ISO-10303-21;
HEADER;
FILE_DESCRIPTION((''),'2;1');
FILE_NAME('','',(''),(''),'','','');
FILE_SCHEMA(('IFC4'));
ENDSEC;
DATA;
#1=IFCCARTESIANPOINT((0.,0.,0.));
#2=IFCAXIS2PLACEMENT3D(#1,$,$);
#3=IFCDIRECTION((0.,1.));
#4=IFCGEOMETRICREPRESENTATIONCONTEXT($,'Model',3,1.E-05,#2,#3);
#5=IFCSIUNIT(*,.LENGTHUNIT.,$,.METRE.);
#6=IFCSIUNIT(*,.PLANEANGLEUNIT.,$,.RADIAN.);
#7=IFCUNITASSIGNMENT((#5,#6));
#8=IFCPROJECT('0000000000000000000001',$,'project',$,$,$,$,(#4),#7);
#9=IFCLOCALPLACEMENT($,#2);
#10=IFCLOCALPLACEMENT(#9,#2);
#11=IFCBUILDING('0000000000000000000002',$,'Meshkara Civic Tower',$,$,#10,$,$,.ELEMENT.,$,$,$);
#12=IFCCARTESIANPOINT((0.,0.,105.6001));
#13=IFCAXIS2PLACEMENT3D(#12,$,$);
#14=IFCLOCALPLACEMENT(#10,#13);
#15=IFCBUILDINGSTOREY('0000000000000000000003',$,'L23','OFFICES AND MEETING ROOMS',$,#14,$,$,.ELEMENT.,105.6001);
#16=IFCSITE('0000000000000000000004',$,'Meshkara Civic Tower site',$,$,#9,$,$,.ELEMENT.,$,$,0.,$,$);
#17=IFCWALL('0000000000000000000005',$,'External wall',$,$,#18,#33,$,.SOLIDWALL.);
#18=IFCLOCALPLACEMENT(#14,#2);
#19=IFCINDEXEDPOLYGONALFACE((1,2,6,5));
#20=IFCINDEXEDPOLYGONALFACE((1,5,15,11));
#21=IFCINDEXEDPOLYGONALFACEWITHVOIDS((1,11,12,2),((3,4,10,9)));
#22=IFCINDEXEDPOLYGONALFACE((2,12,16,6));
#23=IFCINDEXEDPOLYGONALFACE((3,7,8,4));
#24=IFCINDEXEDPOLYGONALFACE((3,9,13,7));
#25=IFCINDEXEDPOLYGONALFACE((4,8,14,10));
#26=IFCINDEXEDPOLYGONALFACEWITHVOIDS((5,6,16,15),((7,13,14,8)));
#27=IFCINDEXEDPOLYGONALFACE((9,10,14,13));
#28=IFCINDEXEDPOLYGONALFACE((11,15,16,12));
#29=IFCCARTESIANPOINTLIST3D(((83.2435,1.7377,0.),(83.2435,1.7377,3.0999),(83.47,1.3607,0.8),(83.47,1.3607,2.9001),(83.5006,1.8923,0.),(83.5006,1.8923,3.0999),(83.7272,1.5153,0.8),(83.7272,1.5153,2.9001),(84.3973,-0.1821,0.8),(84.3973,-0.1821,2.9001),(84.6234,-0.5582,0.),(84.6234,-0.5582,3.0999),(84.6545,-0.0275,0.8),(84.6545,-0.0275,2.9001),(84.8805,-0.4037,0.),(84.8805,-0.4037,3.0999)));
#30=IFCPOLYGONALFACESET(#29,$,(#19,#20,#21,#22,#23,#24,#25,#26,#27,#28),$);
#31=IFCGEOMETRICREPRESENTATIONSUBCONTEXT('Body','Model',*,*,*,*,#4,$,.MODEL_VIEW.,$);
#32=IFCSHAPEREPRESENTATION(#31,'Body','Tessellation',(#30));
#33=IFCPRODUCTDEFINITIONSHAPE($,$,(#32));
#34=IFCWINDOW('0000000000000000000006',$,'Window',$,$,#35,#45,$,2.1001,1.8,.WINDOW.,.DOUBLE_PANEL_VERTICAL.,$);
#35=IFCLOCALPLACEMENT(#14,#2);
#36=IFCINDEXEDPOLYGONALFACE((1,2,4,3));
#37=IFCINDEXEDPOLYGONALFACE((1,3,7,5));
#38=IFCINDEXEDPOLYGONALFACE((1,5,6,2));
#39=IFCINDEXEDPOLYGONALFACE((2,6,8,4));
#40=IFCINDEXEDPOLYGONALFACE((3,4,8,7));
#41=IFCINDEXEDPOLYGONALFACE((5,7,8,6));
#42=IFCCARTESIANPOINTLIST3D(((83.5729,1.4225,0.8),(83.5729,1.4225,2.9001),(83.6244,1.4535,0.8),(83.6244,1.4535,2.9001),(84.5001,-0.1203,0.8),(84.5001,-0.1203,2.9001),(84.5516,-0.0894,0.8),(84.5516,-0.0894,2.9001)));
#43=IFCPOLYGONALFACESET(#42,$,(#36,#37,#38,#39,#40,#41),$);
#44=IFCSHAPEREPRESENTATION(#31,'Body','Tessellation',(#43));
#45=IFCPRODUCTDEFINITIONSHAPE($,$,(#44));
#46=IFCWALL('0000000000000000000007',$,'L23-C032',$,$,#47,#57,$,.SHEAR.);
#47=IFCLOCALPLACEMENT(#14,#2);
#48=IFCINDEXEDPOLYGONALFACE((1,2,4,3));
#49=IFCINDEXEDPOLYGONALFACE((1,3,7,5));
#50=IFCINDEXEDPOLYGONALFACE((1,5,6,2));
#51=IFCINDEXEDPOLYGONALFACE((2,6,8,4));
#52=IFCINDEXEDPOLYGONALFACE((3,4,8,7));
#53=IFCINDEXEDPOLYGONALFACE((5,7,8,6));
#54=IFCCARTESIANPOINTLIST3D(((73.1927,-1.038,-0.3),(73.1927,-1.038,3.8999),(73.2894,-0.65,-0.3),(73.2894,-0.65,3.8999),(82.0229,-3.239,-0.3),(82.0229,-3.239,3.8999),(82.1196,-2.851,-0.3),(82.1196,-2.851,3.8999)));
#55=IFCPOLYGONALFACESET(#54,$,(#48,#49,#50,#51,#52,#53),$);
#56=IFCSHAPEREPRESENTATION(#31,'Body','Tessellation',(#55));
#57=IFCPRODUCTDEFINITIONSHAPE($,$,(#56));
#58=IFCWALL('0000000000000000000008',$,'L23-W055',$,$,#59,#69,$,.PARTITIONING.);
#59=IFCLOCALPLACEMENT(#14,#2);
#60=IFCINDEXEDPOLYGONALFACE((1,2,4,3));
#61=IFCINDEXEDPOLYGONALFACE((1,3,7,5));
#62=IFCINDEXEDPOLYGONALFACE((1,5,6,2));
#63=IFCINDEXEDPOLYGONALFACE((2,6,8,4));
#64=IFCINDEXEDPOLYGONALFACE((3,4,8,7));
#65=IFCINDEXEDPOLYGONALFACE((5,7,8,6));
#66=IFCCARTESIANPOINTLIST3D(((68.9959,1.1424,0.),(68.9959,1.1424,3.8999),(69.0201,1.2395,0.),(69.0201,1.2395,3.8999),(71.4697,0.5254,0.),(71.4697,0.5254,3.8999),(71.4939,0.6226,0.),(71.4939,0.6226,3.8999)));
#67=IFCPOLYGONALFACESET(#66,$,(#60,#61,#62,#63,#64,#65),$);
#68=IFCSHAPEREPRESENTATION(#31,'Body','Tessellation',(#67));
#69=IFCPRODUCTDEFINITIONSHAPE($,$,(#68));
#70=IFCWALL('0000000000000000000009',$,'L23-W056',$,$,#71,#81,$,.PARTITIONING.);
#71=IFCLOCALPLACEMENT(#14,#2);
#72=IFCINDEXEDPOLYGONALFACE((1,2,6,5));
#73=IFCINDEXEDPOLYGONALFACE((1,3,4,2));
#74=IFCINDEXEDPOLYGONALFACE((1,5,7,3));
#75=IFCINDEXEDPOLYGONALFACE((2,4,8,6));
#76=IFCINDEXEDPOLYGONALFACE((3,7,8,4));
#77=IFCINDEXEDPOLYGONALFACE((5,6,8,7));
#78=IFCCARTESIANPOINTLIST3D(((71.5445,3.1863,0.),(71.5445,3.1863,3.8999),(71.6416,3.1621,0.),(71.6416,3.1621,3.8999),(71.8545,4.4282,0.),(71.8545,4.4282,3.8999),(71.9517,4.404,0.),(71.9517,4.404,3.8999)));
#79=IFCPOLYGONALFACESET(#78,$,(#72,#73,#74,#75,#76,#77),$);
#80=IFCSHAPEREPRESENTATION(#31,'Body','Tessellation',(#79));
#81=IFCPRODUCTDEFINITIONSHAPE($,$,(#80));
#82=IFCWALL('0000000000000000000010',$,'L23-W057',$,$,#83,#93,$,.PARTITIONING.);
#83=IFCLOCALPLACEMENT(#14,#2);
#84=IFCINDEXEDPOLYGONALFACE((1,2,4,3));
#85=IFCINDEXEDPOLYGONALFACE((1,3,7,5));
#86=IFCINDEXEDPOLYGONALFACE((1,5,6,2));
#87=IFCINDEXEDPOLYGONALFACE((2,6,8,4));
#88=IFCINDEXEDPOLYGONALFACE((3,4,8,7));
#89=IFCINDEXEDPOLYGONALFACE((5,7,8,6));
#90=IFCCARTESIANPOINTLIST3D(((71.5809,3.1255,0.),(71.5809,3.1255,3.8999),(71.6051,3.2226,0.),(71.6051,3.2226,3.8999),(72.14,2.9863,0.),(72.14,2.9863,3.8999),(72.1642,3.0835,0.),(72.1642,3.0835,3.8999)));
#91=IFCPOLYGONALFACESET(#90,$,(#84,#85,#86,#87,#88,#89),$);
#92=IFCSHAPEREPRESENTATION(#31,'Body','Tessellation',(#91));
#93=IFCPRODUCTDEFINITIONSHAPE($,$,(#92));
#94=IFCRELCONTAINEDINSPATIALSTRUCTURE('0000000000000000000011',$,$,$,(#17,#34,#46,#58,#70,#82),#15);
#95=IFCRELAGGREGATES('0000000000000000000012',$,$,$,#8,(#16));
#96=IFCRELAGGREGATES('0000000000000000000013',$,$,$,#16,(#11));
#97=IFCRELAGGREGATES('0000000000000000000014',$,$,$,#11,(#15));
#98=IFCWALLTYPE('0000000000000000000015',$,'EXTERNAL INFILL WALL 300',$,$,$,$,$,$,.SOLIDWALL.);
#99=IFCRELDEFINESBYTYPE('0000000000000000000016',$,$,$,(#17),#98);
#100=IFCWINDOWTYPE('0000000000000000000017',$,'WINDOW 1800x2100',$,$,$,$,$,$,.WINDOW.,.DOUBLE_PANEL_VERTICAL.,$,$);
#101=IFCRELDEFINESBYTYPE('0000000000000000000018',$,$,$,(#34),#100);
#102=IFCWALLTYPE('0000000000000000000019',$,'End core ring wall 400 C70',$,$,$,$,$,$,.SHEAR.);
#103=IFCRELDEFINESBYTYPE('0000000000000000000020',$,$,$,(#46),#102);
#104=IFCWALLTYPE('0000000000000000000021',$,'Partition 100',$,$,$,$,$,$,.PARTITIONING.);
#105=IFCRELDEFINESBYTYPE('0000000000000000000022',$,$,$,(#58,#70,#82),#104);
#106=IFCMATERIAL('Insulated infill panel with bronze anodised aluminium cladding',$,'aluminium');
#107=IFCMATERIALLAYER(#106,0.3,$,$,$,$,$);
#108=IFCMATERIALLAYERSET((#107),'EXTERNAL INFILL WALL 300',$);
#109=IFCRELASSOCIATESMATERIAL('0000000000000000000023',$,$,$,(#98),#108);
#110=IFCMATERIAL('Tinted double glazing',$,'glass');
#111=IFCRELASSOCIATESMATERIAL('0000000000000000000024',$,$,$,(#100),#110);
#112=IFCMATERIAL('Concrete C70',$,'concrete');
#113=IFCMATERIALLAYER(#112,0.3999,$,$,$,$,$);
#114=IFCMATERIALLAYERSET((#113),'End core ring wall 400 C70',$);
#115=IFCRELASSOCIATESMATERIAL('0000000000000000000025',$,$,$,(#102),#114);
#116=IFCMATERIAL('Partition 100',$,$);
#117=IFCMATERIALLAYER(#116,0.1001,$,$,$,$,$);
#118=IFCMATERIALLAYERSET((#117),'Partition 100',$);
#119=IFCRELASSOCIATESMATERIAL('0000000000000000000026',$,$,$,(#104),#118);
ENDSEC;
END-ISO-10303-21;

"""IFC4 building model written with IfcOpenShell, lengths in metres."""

from ifc_helpers import new_model, si_unit, direction, frame, frame_2d, origin, place, context, subcontext, project, spatial, rectangle, extrude, material, layer, layer_set, type_object, element, fill, save


model = new_model("IFC4")

# Units and contexts
model_context = context("Model", 3, precision=1e-05, world=origin(), true_north=direction((0.0, 1.0)))
body_context = subcontext(model_context, "Body", "Model", "MODEL_VIEW")
ifc_project = project(units=[si_unit("LENGTHUNIT", "METRE"), si_unit("PLANEANGLEUNIT", "RADIAN")], contexts=[model_context])

# Site, building, storey
site_placement = place(None, origin())
site = spatial("IfcSite", under=ifc_project, at=site_placement, Name="Meshkara Civic Tower site", CompositionType="ELEMENT", RefElevation=0.0)
building_placement = place(site_placement, origin())
building = spatial("IfcBuilding", under=site, at=building_placement, Name="Meshkara Civic Tower", CompositionType="ELEMENT")
storey_placement = place(building_placement, frame((0.0, 0.0, 105.6001)))
storey = spatial("IfcBuildingStorey", under=building, at=storey_placement, Name="L23", Description="OFFICES AND MEETING ROOMS", CompositionType="ELEMENT", Elevation=105.6001)

# Wall, opening, window
ifc_material_1 = material(Name="Insulated infill panel with bronze anodised aluminium cladding", Category="aluminium")
ifc_layer_1 = layer(ifc_material_1, 0.3)
ifc_layer_set_1 = layer_set([ifc_layer_1], Name="EXTERNAL INFILL WALL 300")
wall_type_1 = type_object("IfcWallType", Name="EXTERNAL INFILL WALL 300", PredefinedType="SOLIDWALL", material=ifc_layer_set_1)
ifc_material_2 = material(Name="Tinted double glazing", Category="glass")
window_type_1 = type_object("IfcWindowType", Name="WINDOW 1800x2100", PartitioningType="DOUBLE_PANEL_VERTICAL", PredefinedType="WINDOW", material=ifc_material_2)
wall_1_placement = place(storey_placement, frame((84.752, -0.481, 0.0), z_axis=(0.0, 0.0, 1.0), x_axis=(-0.515139, 0.857107, 0.0)))
wall_1 = element("IfcWall", 1, at=wall_1_placement, inside=storey, type_object=wall_type_1, Name="External wall", PredefinedType="SOLIDWALL", context=body_context, shape_type="SweptSolid", body=[
    extrude(rectangle(XDim=2.6787, YDim=0.3, at=frame_2d((1.3394, 0.0))), origin(), (0.0, 0.0, 1.0), 3.0999),
])
opening_1_placement = place(wall_1_placement, frame((0.439, 0.0, 0.8)))
opening_1 = element("IfcOpeningElement", 2, at=opening_1_placement, cuts=wall_1, PredefinedType="OPENING", context=body_context, shape_type="SweptSolid", body=[
    extrude(rectangle(XDim=1.8, YDim=2.1001, at=frame_2d((0.8999, 1.05))), frame((0.0, 0.1599, 0.0), z_axis=(0.0, -1.0, 0.0), x_axis=(1.0, 0.0, 0.0)), (0.0, 0.0, 1.0), 0.3201),
])
window_1_placement = place(opening_1_placement, origin())
window_1 = element("IfcWindow", 3, at=window_1_placement, inside=storey, type_object=window_type_1, Name="Window", OverallHeight=2.1001, OverallWidth=1.8, PartitioningType="DOUBLE_PANEL_VERTICAL", PredefinedType="WINDOW", context=body_context, shape_type="SweptSolid", body=[
    extrude(rectangle(XDim=1.8, YDim=2.1001, at=frame_2d((0.8999, 1.05))), frame((0.0, 0.03, 0.0), z_axis=(0.0, -1.0, 0.0), x_axis=(1.0, 0.0, 0.0)), (0.0, 0.0, 1.0), 0.0601),
])
fill(opening_1, window_1)

# Walls
ifc_material_3 = material(Name="Concrete C70", Category="concrete")
ifc_layer_2 = layer(ifc_material_3, 0.3999)
ifc_layer_set_2 = layer_set([ifc_layer_2], Name="End core ring wall 400 C70")
wall_type_2 = type_object("IfcWallType", Name="End core ring wall 400 C70", PredefinedType="SHEAR", material=ifc_layer_set_2)
wall_2_placement = place(storey_placement, frame((73.241, -0.844, -0.3), z_axis=(0.0, 0.0, 1.0), x_axis=(0.970313, -0.241854, 0.0)))
element("IfcWall", 4, at=wall_2_placement, inside=storey, type_object=wall_type_2, Name="L23-C032", PredefinedType="SHEAR", context=body_context, shape_type="SweptSolid", body=[
    extrude(rectangle(XDim=9.1003, YDim=0.3999, at=frame_2d((4.5503, 0.0))), origin(), (0.0, 0.0, 1.0), 4.2),
])
ifc_material_4 = material(Name="Partition 100")
ifc_layer_3 = layer(ifc_material_4, 0.1001)
ifc_layer_set_3 = layer_set([ifc_layer_3], Name="Partition 100")
wall_type_3 = type_object("IfcWallType", Name="Partition 100", PredefinedType="PARTITIONING", material=ifc_layer_set_3)
wall_3_placement = place(storey_placement, frame((71.4819, 0.574, 0.0), z_axis=(0.0, 0.0, 1.0), x_axis=(-0.970283, 0.241972, 0.0)))
element("IfcWall", 5, at=wall_3_placement, inside=storey, type_object=wall_type_3, Name="L23-W055", PredefinedType="PARTITIONING", context=body_context, shape_type="SweptSolid", body=[
    extrude(rectangle(XDim=2.5496, YDim=0.1001, at=frame_2d((1.2749, 0.0))), origin(), (0.0, 0.0, 1.0), 3.8999),
])
wall_4_placement = place(storey_placement, frame((71.593, 3.1741, 0.0), z_axis=(0.0, 0.0, 1.0), x_axis=(0.242221, 0.970221, 0.0)))
element("IfcWall", 6, at=wall_4_placement, inside=storey, type_object=wall_type_3, Name="L23-W056", PredefinedType="PARTITIONING", context=body_context, shape_type="SweptSolid", body=[
    extrude(rectangle(XDim=1.28, YDim=0.1001, at=frame_2d((0.6401, 0.0))), origin(), (0.0, 0.0, 1.0), 3.8999),
])
wall_5_placement = place(storey_placement, frame((72.1521, 3.0349, 0.0), z_axis=(0.0, 0.0, 1.0), x_axis=(-0.970391, 0.241538, 0.0)))
element("IfcWall", 7, at=wall_5_placement, inside=storey, type_object=wall_type_3, Name="L23-W057", PredefinedType="PARTITIONING", context=body_context, shape_type="SweptSolid", body=[
    extrude(rectangle(XDim=0.5762, YDim=0.1001, at=frame_2d((0.2881, 0.0))), origin(), (0.0, 0.0, 1.0), 3.8999),
])

save(model, "model.ifc")
